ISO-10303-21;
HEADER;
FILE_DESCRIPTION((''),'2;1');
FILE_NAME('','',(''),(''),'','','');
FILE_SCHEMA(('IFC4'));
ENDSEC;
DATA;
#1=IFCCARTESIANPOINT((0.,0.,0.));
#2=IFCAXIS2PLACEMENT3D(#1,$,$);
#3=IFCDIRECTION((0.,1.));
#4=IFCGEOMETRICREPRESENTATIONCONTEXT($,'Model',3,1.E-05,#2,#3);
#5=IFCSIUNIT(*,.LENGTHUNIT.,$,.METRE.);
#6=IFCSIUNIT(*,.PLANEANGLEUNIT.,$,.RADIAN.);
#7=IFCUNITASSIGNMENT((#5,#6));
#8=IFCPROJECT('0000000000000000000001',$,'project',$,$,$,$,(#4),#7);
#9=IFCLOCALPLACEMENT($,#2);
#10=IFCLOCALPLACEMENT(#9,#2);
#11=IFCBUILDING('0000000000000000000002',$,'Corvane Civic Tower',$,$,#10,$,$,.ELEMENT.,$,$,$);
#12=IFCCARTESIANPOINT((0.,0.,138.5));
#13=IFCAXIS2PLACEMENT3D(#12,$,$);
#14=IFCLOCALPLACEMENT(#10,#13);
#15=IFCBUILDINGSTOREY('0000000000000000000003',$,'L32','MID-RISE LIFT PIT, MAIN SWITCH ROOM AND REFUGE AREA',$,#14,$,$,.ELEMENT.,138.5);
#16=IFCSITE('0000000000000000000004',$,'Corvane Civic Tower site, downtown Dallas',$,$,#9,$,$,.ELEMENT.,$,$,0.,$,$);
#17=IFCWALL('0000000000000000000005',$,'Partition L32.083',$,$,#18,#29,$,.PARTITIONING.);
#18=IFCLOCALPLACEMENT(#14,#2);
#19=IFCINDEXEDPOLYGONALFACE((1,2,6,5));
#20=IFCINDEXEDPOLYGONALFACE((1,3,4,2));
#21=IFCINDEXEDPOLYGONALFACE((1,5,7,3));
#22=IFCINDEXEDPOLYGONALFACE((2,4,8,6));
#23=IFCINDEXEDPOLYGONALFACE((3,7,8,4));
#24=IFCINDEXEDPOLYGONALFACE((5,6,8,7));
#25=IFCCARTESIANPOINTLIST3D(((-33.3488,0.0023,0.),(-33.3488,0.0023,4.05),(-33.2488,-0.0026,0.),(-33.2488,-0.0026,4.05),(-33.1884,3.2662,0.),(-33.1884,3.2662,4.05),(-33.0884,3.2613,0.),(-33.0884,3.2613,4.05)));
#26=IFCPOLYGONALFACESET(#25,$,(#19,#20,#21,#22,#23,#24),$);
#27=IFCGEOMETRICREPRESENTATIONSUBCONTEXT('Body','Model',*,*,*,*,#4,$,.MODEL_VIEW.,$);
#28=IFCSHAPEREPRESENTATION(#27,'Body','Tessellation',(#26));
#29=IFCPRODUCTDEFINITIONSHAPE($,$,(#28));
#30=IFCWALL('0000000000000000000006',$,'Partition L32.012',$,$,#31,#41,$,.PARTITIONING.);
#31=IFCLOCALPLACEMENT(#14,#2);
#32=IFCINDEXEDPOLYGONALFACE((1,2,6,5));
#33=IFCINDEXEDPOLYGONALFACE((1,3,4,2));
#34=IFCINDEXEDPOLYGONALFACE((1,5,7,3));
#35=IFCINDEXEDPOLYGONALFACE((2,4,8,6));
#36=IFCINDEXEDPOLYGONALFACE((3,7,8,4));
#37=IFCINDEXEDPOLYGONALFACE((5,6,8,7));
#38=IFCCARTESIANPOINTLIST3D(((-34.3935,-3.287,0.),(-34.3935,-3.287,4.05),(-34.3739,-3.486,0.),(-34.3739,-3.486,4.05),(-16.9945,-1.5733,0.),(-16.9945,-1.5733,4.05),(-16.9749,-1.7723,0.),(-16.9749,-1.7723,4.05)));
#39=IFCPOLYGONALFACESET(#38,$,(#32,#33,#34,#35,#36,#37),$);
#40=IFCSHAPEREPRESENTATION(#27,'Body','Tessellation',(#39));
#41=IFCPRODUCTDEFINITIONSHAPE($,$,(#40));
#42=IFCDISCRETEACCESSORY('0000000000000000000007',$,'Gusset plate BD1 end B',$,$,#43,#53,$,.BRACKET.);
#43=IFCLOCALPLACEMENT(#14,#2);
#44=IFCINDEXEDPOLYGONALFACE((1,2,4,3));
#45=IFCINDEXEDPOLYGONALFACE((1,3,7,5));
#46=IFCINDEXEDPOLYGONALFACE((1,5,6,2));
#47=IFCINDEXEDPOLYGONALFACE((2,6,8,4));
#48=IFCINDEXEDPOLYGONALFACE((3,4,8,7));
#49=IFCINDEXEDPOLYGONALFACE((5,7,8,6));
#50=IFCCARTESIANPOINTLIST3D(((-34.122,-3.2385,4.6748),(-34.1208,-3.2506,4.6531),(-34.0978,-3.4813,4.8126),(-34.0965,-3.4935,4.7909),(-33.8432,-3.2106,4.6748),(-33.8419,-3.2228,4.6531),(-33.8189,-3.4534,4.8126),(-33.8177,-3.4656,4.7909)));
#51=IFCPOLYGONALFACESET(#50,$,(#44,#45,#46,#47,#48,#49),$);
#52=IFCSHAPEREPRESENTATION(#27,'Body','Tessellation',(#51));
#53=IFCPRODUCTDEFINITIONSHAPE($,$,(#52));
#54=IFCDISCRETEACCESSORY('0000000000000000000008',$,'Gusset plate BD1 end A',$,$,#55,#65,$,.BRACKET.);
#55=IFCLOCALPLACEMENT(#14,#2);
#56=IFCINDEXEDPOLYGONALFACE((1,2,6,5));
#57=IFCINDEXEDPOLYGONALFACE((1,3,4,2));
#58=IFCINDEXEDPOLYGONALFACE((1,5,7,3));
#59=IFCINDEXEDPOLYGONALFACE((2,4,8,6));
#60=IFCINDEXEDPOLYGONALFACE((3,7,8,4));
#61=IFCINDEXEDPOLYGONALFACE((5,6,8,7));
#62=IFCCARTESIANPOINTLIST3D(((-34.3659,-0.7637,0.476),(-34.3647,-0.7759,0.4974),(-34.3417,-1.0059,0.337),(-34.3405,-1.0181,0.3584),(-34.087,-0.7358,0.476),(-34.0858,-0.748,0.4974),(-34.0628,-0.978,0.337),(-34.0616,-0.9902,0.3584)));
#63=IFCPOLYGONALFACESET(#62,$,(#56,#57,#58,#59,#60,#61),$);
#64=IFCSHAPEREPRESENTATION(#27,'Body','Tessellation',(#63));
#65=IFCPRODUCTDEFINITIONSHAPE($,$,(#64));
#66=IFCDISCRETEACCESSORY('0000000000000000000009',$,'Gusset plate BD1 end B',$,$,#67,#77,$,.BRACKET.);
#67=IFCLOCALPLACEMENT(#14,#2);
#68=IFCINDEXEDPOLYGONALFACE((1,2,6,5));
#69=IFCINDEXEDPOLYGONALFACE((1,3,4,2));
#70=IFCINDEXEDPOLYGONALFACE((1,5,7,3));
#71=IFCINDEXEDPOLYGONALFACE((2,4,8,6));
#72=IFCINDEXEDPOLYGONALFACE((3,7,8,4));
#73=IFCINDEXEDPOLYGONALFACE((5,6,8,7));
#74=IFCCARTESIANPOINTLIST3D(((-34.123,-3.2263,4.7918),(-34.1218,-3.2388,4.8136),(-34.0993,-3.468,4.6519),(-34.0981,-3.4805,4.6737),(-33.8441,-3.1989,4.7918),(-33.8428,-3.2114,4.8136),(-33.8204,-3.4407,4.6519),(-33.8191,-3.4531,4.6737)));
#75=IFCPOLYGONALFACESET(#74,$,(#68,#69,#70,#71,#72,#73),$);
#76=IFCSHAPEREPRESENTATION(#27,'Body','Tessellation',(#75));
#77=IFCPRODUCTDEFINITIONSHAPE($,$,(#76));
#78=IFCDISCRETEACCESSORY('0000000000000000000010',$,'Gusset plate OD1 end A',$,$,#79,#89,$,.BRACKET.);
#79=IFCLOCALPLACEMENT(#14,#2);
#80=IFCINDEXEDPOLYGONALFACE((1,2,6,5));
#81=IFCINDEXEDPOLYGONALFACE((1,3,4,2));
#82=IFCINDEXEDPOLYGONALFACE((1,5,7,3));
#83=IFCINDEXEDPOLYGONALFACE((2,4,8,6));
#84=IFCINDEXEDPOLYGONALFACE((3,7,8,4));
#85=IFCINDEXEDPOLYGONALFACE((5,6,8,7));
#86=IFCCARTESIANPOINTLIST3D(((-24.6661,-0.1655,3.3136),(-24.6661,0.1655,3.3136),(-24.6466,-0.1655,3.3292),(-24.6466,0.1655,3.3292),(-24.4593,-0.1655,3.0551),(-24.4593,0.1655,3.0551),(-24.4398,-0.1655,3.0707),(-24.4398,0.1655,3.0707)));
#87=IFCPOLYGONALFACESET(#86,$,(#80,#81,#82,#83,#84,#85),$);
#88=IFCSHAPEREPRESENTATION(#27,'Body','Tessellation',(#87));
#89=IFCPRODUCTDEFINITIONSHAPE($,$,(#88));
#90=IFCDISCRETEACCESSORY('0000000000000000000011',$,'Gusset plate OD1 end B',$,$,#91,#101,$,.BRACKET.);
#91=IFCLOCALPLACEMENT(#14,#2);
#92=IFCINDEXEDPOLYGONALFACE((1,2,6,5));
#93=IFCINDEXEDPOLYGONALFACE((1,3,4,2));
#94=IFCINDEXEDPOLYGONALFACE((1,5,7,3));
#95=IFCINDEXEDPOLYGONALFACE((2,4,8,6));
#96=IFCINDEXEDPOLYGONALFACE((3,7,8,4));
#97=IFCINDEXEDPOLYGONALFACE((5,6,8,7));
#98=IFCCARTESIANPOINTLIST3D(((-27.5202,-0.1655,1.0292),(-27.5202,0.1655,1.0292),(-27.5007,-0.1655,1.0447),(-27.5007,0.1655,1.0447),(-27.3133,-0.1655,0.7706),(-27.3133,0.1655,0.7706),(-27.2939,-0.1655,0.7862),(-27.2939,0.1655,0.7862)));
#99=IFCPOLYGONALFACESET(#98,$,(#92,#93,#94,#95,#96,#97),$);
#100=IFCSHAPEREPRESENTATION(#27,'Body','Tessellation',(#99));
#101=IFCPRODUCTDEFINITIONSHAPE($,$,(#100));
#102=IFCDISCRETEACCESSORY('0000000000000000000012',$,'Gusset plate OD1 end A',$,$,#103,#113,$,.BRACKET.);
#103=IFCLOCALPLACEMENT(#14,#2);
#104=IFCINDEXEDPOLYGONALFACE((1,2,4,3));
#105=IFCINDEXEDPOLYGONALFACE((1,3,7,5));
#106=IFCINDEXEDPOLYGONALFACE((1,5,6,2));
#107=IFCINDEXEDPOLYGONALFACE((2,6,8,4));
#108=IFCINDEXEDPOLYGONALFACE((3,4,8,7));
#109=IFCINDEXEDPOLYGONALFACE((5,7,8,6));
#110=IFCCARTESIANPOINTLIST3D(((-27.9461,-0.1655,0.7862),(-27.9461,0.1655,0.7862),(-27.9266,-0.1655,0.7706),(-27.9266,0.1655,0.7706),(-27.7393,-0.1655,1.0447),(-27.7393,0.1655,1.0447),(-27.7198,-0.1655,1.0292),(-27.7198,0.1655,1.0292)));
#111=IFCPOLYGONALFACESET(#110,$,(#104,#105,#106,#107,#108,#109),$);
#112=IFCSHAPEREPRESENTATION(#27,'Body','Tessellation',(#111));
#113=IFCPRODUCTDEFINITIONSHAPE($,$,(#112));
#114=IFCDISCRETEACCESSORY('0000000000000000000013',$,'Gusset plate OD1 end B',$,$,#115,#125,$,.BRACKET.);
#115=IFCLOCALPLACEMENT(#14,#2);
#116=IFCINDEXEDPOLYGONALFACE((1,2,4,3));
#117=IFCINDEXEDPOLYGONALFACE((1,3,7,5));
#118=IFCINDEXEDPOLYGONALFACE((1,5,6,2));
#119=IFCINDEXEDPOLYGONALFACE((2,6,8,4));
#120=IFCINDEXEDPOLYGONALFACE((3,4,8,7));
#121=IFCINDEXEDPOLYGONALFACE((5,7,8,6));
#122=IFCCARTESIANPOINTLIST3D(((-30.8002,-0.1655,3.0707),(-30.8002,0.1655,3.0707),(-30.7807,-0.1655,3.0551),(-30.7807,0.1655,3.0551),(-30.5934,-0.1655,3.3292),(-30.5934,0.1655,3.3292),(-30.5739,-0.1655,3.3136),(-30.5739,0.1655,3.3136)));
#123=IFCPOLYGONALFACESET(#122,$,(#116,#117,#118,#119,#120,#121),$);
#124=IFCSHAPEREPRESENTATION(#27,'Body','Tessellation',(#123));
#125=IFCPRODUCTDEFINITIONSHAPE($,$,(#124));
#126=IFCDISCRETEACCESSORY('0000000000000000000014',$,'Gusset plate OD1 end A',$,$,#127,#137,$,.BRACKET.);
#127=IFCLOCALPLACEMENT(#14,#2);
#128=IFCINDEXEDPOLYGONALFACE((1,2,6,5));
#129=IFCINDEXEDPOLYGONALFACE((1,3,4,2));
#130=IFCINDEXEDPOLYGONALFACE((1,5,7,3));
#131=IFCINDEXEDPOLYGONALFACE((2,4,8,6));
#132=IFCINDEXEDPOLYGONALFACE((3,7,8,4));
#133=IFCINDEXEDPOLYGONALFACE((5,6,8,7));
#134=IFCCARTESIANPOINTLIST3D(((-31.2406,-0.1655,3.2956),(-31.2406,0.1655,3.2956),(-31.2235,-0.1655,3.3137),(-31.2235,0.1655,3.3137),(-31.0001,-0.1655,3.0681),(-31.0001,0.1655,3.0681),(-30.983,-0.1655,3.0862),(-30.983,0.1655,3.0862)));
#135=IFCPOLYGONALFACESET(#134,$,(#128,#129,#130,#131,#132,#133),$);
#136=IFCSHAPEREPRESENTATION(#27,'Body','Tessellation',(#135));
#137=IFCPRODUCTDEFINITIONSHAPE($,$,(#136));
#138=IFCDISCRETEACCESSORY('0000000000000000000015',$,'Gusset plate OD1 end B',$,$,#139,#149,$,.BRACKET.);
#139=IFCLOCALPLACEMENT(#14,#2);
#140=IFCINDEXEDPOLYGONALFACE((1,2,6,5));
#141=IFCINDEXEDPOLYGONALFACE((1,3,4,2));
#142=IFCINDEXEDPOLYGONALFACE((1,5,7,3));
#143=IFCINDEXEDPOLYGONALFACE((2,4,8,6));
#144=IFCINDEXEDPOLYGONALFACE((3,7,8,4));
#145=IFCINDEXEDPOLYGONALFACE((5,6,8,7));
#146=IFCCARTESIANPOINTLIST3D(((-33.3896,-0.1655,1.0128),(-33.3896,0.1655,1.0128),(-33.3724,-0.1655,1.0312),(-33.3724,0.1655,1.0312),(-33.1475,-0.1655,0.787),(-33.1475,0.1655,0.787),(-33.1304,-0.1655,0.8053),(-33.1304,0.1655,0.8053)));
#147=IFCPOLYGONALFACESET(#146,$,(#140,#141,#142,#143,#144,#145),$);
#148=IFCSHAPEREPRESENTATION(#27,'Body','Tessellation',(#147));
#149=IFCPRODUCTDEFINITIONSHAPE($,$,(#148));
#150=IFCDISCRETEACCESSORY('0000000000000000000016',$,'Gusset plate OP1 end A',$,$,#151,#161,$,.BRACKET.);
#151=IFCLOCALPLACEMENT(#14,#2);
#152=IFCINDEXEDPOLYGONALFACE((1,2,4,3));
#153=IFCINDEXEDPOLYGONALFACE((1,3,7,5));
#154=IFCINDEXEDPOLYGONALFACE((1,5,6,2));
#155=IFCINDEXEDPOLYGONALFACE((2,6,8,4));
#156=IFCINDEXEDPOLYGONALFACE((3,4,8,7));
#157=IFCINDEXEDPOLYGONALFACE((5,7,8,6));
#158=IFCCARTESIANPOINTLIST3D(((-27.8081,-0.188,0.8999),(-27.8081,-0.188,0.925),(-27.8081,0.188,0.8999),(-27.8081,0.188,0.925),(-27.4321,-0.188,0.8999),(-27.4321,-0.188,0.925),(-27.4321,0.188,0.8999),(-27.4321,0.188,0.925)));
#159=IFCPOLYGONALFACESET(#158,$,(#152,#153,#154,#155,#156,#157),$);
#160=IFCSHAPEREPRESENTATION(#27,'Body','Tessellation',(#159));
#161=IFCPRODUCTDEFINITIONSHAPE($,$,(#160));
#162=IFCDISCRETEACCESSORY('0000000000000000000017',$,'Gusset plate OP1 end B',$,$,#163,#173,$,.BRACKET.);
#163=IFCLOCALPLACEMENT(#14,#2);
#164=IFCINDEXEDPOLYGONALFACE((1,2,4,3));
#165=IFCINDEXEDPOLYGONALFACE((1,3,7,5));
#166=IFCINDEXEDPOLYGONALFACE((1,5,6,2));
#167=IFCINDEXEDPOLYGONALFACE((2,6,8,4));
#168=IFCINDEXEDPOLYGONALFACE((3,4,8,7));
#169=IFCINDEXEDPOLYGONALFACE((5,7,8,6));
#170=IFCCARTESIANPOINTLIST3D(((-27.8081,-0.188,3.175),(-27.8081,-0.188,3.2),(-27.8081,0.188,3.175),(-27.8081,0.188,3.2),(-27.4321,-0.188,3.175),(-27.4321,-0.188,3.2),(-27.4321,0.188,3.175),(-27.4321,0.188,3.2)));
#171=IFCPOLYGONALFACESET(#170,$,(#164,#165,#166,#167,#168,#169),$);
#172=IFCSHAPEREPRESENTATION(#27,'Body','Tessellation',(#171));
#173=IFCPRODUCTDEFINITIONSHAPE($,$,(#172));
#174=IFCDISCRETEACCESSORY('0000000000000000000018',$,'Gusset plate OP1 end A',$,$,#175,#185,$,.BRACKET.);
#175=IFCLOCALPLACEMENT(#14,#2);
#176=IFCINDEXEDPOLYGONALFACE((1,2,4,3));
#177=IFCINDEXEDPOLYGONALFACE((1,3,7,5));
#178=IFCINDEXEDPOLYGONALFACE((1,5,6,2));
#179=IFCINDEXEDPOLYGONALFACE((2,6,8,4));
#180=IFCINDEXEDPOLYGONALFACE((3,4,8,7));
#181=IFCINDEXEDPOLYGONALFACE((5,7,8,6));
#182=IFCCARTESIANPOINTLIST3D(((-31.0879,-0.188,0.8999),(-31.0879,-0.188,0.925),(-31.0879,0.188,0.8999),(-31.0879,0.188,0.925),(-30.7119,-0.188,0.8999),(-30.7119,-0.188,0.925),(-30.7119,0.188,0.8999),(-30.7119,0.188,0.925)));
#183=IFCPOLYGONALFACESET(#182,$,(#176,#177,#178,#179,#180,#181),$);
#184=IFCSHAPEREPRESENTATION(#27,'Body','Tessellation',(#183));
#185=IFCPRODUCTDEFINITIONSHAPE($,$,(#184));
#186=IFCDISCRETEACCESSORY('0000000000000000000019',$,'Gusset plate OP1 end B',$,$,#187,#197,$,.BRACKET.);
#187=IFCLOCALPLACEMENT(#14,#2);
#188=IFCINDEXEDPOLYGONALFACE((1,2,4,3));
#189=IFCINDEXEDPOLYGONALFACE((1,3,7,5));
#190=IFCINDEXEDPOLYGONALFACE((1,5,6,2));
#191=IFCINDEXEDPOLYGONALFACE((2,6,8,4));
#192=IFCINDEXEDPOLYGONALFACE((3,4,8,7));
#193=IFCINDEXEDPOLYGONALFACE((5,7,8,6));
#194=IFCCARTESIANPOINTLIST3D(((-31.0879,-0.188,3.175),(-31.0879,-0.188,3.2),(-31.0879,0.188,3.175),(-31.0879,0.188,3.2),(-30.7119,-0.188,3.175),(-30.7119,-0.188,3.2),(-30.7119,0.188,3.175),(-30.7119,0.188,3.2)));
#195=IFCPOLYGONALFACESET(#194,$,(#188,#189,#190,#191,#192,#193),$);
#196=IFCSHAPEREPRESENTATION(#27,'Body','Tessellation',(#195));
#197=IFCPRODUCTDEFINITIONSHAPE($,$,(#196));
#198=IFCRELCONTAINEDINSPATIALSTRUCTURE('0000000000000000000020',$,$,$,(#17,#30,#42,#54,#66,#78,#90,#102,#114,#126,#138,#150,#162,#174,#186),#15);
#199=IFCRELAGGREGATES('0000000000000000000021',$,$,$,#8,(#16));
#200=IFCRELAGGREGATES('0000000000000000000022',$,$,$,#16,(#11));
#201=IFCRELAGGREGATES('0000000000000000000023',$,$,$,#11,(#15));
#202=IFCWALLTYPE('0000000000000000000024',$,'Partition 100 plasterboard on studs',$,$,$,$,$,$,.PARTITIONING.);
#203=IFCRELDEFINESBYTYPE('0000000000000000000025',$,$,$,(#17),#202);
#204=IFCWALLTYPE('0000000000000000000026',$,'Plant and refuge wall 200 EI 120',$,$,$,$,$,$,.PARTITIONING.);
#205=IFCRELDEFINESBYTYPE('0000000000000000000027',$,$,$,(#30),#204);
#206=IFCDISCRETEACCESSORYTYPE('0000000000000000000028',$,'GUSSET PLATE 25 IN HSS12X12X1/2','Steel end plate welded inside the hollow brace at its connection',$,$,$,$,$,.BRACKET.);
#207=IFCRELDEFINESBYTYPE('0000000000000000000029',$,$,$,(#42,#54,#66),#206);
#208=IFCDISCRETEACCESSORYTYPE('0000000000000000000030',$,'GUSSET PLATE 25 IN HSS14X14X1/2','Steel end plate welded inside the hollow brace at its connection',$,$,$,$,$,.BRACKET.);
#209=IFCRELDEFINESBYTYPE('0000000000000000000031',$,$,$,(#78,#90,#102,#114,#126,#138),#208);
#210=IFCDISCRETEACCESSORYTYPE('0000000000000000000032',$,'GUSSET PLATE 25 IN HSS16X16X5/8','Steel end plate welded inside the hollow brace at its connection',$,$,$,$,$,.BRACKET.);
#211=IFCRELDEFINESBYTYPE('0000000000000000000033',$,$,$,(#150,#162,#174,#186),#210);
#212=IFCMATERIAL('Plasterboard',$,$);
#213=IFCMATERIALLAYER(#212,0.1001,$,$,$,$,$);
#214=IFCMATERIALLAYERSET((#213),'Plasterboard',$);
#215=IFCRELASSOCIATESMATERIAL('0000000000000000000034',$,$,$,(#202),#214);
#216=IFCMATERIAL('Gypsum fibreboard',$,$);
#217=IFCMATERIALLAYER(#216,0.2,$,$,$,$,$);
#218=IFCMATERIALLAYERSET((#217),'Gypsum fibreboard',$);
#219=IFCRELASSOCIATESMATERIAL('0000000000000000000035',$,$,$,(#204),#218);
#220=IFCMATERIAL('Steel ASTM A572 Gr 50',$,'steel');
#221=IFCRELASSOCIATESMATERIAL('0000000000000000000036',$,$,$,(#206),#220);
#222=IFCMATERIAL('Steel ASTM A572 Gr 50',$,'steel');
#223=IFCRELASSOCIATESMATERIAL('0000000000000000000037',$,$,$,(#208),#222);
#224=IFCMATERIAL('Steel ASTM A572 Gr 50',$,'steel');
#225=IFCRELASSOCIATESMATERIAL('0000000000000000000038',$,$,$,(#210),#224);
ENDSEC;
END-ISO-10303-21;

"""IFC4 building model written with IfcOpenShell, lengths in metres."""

from ifc_helpers import new_model, si_unit, direction, frame, frame_2d, origin, origin_2d, place, context, subcontext, project, spatial, rectangle, extrude, material, layer, layer_set, material_profile, profile_set, type_object, element, save


model = new_model("IFC4")

# Units and contexts
model_context = context("Model", 3, precision=1e-05, world=origin(), true_north=direction((0.0, 1.0)))
body_context = subcontext(model_context, "Body", "Model", "MODEL_VIEW")
ifc_project = project(units=[si_unit("LENGTHUNIT", "METRE"), si_unit("PLANEANGLEUNIT", "RADIAN")], contexts=[model_context])

# Site, building, storey
site_placement = place(None, origin())
site = spatial("IfcSite", under=ifc_project, at=site_placement, Name="Corvane Civic Tower site, downtown Dallas", CompositionType="ELEMENT", RefElevation=0.0)
building_placement = place(site_placement, origin())
building = spatial("IfcBuilding", under=site, at=building_placement, Name="Corvane Civic Tower", CompositionType="ELEMENT")
storey_placement = place(building_placement, frame((0.0, 0.0, 138.5)))
storey = spatial("IfcBuildingStorey", under=building, at=storey_placement, Name="L32", Description="MID-RISE LIFT PIT, MAIN SWITCH ROOM AND REFUGE AREA", CompositionType="ELEMENT", Elevation=138.5)

# Walls
ifc_material_1 = material(Name="Plasterboard")
ifc_layer_1 = layer(ifc_material_1, 0.1001)
ifc_layer_set_1 = layer_set([ifc_layer_1], Name="Plasterboard")
wall_type_1 = type_object("IfcWallType", Name="Partition 100 plasterboard on studs", PredefinedType="PARTITIONING", material=ifc_layer_set_1)
wall_1_placement = place(storey_placement, frame((-33.2988, 0.0, 0.0), z_axis=(0.0, 0.0, 1.0), x_axis=(0.049084, 0.998795, 0.0)))
element("IfcWall", 1, at=wall_1_placement, inside=storey, type_object=wall_type_1, Name="Partition L32.083", PredefinedType="PARTITIONING", context=body_context, shape_type="SweptSolid", body=[
    extrude(rectangle(XDim=3.2678, YDim=0.1001, at=frame_2d((1.6338, 0.0))), origin(), (0.0, 0.0, 1.0), 4.05),
])
ifc_material_2 = material(Name="Gypsum fibreboard")
ifc_layer_2 = layer(ifc_material_2, 0.2)
ifc_layer_set_2 = layer_set([ifc_layer_2], Name="Gypsum fibreboard")
wall_type_2 = type_object("IfcWallType", Name="Plant and refuge wall 200 EI 120", PredefinedType="PARTITIONING", material=ifc_layer_set_2)
wall_2_placement = place(storey_placement, frame((-34.3838, -3.3865, 0.0), z_axis=(0.0, 0.0, 1.0), x_axis=(0.995185, 0.098016, 0.0)))
element("IfcWall", 2, at=wall_2_placement, inside=storey, type_object=wall_type_2, Name="Partition L32.012", PredefinedType="PARTITIONING", context=body_context, shape_type="SweptSolid", body=[
    extrude(rectangle(XDim=17.4832, YDim=0.2, at=frame_2d((8.7417, 0.0))), origin(), (0.0, 0.0, 1.0), 4.05),
])

# Discrete accessories
ifc_material_3 = material(Name="Steel ASTM A572 Gr 50", Category="steel")
ifc_material_profile_1 = material_profile(ifc_material_3, rectangle(XDim=0.2803, YDim=0.2803, at=origin_2d()), Name="GUSSET PLATE 25 IN HSS12X12X1/2")
ifc_profile_set_1 = profile_set([ifc_material_profile_1], Name="Steel ASTM A572 Gr 50")
discrete_accessory_type_1 = type_object("IfcDiscreteAccessoryType", Name="GUSSET PLATE 25 IN HSS12X12X1/2", Description="Steel end plate welded inside the hollow brace at its connection", PredefinedType="BRACKET", material=ifc_profile_set_1)
discrete_accessory_1_placement = place(storey_placement, frame((-33.9705, -3.3459, 4.7437), z_axis=(0.048921, -0.48921, -0.870793), x_axis=(0.995037, 0.099504, 0.0)))
element("IfcDiscreteAccessory", 3, at=discrete_accessory_1_placement, inside=storey, type_object=discrete_accessory_type_1, Name="Gusset plate BD1 end B", PredefinedType="BRACKET", context=body_context, shape_type="SweptSolid", body=[
    extrude(rectangle(XDim=0.2803, YDim=0.2803, at=origin_2d()), origin(), (0.0, 0.0, 1.0), 0.0249),
])
discrete_accessory_2_placement = place(storey_placement, frame((-34.2144, -0.8708, 0.4065), z_axis=(0.049341, -0.493408, 0.868398), x_axis=(0.995037, 0.099504, 0.0)))
element("IfcDiscreteAccessory", 4, at=discrete_accessory_2_placement, inside=storey, type_object=discrete_accessory_type_1, Name="Gusset plate BD1 end A", PredefinedType="BRACKET", context=body_context, shape_type="SweptSolid", body=[
    extrude(rectangle(XDim=0.2803, YDim=0.2803, at=origin_2d()), origin(), (0.0, 0.0, 1.0), 0.0247),
])
discrete_accessory_3_placement = place(storey_placement, frame((-33.9705, -3.3459, 4.7437), z_axis=(-0.048686, 0.496599, -0.866614), x_axis=(-0.995229, -0.097571, 0.0)))
element("IfcDiscreteAccessory", 5, at=discrete_accessory_3_placement, inside=storey, type_object=discrete_accessory_type_1, Name="Gusset plate BD1 end B", PredefinedType="BRACKET", context=body_context, shape_type="SweptSolid", body=[
    extrude(rectangle(XDim=0.2803, YDim=0.2803, at=origin_2d()), origin(), (0.0, 0.0, 1.0), 0.0251),
])
ifc_material_4 = material(Name="Steel ASTM A572 Gr 50", Category="steel")
ifc_material_profile_2 = material_profile(ifc_material_4, rectangle(XDim=0.3311, YDim=0.3311, at=origin_2d()), Name="GUSSET PLATE 25 IN HSS14X14X1/2")
ifc_profile_set_2 = profile_set([ifc_material_profile_2], Name="Steel ASTM A572 Gr 50")
discrete_accessory_type_2 = type_object("IfcDiscreteAccessoryType", Name="GUSSET PLATE 25 IN HSS14X14X1/2", Description="Steel end plate welded inside the hollow brace at its connection", PredefinedType="BRACKET", material=ifc_profile_set_2)
for number, where, z_axis, x_axis, name in (
    (6, (-24.5432, 0.0, 3.2), (-0.780869, 0.0, -0.624695), (0.0, -1.0, 0.0), "Gusset plate OD1 end A"),
    (7, (-27.4167, 0.0, 0.8999), (0.780869, 0.0, 0.624695), (0.0, 1.0, 0.0), "Gusset plate OD1 end B"),
    (8, (-27.8232, 0.0, 0.8999), (-0.780869, 0.0, 0.624695), (0.0, -1.0, 0.0), "Gusset plate OD1 end A"),
    (9, (-30.6968, 0.0, 3.2), (0.780869, 0.0, -0.624695), (0.0, 1.0, 0.0), "Gusset plate OD1 end B"),
    (10, (-31.1033, 0.0, 3.2), (-0.6872, 0.0, -0.726468), (0.0, -1.0, 0.0), "Gusset plate OD1 end A"),
):
    element("IfcDiscreteAccessory", number, at=place(storey_placement, frame(where, z_axis=z_axis, x_axis=x_axis)), inside=storey, type_object=discrete_accessory_type_2, Name=name, PredefinedType="BRACKET", context=body_context, shape_type="SweptSolid", body=[
        extrude(rectangle(XDim=0.3311, YDim=0.3311, at=origin_2d()), origin(), (0.0, 0.0, 1.0), 0.0249),
    ])
discrete_accessory_4_placement = place(storey_placement, frame((-33.2686, 0.0, 0.8999), z_axis=(0.682318, 0.0, 0.731055), x_axis=(0.0, 1.0, 0.0)))
element("IfcDiscreteAccessory", 11, at=discrete_accessory_4_placement, inside=storey, type_object=discrete_accessory_type_2, Name="Gusset plate OD1 end B", PredefinedType="BRACKET", context=body_context, shape_type="SweptSolid", body=[
    extrude(rectangle(XDim=0.3311, YDim=0.3311, at=origin_2d()), origin(), (0.0, 0.0, 1.0), 0.0251),
])
ifc_material_5 = material(Name="Steel ASTM A572 Gr 50", Category="steel")
ifc_material_profile_3 = material_profile(ifc_material_5, rectangle(XDim=0.376, YDim=0.376, at=origin_2d()), Name="GUSSET PLATE 25 IN HSS16X16X5/8")
ifc_profile_set_3 = profile_set([ifc_material_profile_3], Name="Steel ASTM A572 Gr 50")
discrete_accessory_type_3 = type_object("IfcDiscreteAccessoryType", Name="GUSSET PLATE 25 IN HSS16X16X5/8", Description="Steel end plate welded inside the hollow brace at its connection", PredefinedType="BRACKET", material=ifc_profile_set_3)
discrete_accessory_5_placement = place(storey_placement, frame((-27.6201, 0.0, 0.8999), z_axis=(0.0, 0.0, 1.0), x_axis=(1.0, 0.0, 0.0)))
element("IfcDiscreteAccessory", 12, at=discrete_accessory_5_placement, inside=storey, type_object=discrete_accessory_type_3, Name="Gusset plate OP1 end A", PredefinedType="BRACKET", context=body_context, shape_type="SweptSolid", body=[
    extrude(rectangle(XDim=0.376, YDim=0.376, at=origin_2d()), origin(), (0.0, 0.0, 1.0), 0.0251),
])
discrete_accessory_6_placement = place(storey_placement, frame((-27.6201, 0.0, 3.2), z_axis=(0.0, 0.0, -1.0), x_axis=(1.0, 0.0, 0.0)))
element("IfcDiscreteAccessory", 13, at=discrete_accessory_6_placement, inside=storey, type_object=discrete_accessory_type_3, Name="Gusset plate OP1 end B", PredefinedType="BRACKET", context=body_context, shape_type="SweptSolid", body=[
    extrude(rectangle(XDim=0.376, YDim=0.376, at=origin_2d()), origin(), (0.0, 0.0, 1.0), 0.0249),
])
discrete_accessory_7_placement = place(storey_placement, frame((-30.8999, 0.0, 0.8999), z_axis=(0.0, 0.0, 1.0), x_axis=(1.0, 0.0, 0.0)))
element("IfcDiscreteAccessory", 14, at=discrete_accessory_7_placement, inside=storey, type_object=discrete_accessory_type_3, Name="Gusset plate OP1 end A", PredefinedType="BRACKET", context=body_context, shape_type="SweptSolid", body=[
    extrude(rectangle(XDim=0.376, YDim=0.376, at=origin_2d()), origin(), (0.0, 0.0, 1.0), 0.0251),
])
discrete_accessory_8_placement = place(storey_placement, frame((-30.8999, 0.0, 3.2), z_axis=(0.0, 0.0, -1.0), x_axis=(1.0, 0.0, 0.0)))
element("IfcDiscreteAccessory", 15, at=discrete_accessory_8_placement, inside=storey, type_object=discrete_accessory_type_3, Name="Gusset plate OP1 end B", PredefinedType="BRACKET", context=body_context, shape_type="SweptSolid", body=[
    extrude(rectangle(XDim=0.376, YDim=0.376, at=origin_2d()), origin(), (0.0, 0.0, 1.0), 0.0249),
])

save(model, "model.ifc")
